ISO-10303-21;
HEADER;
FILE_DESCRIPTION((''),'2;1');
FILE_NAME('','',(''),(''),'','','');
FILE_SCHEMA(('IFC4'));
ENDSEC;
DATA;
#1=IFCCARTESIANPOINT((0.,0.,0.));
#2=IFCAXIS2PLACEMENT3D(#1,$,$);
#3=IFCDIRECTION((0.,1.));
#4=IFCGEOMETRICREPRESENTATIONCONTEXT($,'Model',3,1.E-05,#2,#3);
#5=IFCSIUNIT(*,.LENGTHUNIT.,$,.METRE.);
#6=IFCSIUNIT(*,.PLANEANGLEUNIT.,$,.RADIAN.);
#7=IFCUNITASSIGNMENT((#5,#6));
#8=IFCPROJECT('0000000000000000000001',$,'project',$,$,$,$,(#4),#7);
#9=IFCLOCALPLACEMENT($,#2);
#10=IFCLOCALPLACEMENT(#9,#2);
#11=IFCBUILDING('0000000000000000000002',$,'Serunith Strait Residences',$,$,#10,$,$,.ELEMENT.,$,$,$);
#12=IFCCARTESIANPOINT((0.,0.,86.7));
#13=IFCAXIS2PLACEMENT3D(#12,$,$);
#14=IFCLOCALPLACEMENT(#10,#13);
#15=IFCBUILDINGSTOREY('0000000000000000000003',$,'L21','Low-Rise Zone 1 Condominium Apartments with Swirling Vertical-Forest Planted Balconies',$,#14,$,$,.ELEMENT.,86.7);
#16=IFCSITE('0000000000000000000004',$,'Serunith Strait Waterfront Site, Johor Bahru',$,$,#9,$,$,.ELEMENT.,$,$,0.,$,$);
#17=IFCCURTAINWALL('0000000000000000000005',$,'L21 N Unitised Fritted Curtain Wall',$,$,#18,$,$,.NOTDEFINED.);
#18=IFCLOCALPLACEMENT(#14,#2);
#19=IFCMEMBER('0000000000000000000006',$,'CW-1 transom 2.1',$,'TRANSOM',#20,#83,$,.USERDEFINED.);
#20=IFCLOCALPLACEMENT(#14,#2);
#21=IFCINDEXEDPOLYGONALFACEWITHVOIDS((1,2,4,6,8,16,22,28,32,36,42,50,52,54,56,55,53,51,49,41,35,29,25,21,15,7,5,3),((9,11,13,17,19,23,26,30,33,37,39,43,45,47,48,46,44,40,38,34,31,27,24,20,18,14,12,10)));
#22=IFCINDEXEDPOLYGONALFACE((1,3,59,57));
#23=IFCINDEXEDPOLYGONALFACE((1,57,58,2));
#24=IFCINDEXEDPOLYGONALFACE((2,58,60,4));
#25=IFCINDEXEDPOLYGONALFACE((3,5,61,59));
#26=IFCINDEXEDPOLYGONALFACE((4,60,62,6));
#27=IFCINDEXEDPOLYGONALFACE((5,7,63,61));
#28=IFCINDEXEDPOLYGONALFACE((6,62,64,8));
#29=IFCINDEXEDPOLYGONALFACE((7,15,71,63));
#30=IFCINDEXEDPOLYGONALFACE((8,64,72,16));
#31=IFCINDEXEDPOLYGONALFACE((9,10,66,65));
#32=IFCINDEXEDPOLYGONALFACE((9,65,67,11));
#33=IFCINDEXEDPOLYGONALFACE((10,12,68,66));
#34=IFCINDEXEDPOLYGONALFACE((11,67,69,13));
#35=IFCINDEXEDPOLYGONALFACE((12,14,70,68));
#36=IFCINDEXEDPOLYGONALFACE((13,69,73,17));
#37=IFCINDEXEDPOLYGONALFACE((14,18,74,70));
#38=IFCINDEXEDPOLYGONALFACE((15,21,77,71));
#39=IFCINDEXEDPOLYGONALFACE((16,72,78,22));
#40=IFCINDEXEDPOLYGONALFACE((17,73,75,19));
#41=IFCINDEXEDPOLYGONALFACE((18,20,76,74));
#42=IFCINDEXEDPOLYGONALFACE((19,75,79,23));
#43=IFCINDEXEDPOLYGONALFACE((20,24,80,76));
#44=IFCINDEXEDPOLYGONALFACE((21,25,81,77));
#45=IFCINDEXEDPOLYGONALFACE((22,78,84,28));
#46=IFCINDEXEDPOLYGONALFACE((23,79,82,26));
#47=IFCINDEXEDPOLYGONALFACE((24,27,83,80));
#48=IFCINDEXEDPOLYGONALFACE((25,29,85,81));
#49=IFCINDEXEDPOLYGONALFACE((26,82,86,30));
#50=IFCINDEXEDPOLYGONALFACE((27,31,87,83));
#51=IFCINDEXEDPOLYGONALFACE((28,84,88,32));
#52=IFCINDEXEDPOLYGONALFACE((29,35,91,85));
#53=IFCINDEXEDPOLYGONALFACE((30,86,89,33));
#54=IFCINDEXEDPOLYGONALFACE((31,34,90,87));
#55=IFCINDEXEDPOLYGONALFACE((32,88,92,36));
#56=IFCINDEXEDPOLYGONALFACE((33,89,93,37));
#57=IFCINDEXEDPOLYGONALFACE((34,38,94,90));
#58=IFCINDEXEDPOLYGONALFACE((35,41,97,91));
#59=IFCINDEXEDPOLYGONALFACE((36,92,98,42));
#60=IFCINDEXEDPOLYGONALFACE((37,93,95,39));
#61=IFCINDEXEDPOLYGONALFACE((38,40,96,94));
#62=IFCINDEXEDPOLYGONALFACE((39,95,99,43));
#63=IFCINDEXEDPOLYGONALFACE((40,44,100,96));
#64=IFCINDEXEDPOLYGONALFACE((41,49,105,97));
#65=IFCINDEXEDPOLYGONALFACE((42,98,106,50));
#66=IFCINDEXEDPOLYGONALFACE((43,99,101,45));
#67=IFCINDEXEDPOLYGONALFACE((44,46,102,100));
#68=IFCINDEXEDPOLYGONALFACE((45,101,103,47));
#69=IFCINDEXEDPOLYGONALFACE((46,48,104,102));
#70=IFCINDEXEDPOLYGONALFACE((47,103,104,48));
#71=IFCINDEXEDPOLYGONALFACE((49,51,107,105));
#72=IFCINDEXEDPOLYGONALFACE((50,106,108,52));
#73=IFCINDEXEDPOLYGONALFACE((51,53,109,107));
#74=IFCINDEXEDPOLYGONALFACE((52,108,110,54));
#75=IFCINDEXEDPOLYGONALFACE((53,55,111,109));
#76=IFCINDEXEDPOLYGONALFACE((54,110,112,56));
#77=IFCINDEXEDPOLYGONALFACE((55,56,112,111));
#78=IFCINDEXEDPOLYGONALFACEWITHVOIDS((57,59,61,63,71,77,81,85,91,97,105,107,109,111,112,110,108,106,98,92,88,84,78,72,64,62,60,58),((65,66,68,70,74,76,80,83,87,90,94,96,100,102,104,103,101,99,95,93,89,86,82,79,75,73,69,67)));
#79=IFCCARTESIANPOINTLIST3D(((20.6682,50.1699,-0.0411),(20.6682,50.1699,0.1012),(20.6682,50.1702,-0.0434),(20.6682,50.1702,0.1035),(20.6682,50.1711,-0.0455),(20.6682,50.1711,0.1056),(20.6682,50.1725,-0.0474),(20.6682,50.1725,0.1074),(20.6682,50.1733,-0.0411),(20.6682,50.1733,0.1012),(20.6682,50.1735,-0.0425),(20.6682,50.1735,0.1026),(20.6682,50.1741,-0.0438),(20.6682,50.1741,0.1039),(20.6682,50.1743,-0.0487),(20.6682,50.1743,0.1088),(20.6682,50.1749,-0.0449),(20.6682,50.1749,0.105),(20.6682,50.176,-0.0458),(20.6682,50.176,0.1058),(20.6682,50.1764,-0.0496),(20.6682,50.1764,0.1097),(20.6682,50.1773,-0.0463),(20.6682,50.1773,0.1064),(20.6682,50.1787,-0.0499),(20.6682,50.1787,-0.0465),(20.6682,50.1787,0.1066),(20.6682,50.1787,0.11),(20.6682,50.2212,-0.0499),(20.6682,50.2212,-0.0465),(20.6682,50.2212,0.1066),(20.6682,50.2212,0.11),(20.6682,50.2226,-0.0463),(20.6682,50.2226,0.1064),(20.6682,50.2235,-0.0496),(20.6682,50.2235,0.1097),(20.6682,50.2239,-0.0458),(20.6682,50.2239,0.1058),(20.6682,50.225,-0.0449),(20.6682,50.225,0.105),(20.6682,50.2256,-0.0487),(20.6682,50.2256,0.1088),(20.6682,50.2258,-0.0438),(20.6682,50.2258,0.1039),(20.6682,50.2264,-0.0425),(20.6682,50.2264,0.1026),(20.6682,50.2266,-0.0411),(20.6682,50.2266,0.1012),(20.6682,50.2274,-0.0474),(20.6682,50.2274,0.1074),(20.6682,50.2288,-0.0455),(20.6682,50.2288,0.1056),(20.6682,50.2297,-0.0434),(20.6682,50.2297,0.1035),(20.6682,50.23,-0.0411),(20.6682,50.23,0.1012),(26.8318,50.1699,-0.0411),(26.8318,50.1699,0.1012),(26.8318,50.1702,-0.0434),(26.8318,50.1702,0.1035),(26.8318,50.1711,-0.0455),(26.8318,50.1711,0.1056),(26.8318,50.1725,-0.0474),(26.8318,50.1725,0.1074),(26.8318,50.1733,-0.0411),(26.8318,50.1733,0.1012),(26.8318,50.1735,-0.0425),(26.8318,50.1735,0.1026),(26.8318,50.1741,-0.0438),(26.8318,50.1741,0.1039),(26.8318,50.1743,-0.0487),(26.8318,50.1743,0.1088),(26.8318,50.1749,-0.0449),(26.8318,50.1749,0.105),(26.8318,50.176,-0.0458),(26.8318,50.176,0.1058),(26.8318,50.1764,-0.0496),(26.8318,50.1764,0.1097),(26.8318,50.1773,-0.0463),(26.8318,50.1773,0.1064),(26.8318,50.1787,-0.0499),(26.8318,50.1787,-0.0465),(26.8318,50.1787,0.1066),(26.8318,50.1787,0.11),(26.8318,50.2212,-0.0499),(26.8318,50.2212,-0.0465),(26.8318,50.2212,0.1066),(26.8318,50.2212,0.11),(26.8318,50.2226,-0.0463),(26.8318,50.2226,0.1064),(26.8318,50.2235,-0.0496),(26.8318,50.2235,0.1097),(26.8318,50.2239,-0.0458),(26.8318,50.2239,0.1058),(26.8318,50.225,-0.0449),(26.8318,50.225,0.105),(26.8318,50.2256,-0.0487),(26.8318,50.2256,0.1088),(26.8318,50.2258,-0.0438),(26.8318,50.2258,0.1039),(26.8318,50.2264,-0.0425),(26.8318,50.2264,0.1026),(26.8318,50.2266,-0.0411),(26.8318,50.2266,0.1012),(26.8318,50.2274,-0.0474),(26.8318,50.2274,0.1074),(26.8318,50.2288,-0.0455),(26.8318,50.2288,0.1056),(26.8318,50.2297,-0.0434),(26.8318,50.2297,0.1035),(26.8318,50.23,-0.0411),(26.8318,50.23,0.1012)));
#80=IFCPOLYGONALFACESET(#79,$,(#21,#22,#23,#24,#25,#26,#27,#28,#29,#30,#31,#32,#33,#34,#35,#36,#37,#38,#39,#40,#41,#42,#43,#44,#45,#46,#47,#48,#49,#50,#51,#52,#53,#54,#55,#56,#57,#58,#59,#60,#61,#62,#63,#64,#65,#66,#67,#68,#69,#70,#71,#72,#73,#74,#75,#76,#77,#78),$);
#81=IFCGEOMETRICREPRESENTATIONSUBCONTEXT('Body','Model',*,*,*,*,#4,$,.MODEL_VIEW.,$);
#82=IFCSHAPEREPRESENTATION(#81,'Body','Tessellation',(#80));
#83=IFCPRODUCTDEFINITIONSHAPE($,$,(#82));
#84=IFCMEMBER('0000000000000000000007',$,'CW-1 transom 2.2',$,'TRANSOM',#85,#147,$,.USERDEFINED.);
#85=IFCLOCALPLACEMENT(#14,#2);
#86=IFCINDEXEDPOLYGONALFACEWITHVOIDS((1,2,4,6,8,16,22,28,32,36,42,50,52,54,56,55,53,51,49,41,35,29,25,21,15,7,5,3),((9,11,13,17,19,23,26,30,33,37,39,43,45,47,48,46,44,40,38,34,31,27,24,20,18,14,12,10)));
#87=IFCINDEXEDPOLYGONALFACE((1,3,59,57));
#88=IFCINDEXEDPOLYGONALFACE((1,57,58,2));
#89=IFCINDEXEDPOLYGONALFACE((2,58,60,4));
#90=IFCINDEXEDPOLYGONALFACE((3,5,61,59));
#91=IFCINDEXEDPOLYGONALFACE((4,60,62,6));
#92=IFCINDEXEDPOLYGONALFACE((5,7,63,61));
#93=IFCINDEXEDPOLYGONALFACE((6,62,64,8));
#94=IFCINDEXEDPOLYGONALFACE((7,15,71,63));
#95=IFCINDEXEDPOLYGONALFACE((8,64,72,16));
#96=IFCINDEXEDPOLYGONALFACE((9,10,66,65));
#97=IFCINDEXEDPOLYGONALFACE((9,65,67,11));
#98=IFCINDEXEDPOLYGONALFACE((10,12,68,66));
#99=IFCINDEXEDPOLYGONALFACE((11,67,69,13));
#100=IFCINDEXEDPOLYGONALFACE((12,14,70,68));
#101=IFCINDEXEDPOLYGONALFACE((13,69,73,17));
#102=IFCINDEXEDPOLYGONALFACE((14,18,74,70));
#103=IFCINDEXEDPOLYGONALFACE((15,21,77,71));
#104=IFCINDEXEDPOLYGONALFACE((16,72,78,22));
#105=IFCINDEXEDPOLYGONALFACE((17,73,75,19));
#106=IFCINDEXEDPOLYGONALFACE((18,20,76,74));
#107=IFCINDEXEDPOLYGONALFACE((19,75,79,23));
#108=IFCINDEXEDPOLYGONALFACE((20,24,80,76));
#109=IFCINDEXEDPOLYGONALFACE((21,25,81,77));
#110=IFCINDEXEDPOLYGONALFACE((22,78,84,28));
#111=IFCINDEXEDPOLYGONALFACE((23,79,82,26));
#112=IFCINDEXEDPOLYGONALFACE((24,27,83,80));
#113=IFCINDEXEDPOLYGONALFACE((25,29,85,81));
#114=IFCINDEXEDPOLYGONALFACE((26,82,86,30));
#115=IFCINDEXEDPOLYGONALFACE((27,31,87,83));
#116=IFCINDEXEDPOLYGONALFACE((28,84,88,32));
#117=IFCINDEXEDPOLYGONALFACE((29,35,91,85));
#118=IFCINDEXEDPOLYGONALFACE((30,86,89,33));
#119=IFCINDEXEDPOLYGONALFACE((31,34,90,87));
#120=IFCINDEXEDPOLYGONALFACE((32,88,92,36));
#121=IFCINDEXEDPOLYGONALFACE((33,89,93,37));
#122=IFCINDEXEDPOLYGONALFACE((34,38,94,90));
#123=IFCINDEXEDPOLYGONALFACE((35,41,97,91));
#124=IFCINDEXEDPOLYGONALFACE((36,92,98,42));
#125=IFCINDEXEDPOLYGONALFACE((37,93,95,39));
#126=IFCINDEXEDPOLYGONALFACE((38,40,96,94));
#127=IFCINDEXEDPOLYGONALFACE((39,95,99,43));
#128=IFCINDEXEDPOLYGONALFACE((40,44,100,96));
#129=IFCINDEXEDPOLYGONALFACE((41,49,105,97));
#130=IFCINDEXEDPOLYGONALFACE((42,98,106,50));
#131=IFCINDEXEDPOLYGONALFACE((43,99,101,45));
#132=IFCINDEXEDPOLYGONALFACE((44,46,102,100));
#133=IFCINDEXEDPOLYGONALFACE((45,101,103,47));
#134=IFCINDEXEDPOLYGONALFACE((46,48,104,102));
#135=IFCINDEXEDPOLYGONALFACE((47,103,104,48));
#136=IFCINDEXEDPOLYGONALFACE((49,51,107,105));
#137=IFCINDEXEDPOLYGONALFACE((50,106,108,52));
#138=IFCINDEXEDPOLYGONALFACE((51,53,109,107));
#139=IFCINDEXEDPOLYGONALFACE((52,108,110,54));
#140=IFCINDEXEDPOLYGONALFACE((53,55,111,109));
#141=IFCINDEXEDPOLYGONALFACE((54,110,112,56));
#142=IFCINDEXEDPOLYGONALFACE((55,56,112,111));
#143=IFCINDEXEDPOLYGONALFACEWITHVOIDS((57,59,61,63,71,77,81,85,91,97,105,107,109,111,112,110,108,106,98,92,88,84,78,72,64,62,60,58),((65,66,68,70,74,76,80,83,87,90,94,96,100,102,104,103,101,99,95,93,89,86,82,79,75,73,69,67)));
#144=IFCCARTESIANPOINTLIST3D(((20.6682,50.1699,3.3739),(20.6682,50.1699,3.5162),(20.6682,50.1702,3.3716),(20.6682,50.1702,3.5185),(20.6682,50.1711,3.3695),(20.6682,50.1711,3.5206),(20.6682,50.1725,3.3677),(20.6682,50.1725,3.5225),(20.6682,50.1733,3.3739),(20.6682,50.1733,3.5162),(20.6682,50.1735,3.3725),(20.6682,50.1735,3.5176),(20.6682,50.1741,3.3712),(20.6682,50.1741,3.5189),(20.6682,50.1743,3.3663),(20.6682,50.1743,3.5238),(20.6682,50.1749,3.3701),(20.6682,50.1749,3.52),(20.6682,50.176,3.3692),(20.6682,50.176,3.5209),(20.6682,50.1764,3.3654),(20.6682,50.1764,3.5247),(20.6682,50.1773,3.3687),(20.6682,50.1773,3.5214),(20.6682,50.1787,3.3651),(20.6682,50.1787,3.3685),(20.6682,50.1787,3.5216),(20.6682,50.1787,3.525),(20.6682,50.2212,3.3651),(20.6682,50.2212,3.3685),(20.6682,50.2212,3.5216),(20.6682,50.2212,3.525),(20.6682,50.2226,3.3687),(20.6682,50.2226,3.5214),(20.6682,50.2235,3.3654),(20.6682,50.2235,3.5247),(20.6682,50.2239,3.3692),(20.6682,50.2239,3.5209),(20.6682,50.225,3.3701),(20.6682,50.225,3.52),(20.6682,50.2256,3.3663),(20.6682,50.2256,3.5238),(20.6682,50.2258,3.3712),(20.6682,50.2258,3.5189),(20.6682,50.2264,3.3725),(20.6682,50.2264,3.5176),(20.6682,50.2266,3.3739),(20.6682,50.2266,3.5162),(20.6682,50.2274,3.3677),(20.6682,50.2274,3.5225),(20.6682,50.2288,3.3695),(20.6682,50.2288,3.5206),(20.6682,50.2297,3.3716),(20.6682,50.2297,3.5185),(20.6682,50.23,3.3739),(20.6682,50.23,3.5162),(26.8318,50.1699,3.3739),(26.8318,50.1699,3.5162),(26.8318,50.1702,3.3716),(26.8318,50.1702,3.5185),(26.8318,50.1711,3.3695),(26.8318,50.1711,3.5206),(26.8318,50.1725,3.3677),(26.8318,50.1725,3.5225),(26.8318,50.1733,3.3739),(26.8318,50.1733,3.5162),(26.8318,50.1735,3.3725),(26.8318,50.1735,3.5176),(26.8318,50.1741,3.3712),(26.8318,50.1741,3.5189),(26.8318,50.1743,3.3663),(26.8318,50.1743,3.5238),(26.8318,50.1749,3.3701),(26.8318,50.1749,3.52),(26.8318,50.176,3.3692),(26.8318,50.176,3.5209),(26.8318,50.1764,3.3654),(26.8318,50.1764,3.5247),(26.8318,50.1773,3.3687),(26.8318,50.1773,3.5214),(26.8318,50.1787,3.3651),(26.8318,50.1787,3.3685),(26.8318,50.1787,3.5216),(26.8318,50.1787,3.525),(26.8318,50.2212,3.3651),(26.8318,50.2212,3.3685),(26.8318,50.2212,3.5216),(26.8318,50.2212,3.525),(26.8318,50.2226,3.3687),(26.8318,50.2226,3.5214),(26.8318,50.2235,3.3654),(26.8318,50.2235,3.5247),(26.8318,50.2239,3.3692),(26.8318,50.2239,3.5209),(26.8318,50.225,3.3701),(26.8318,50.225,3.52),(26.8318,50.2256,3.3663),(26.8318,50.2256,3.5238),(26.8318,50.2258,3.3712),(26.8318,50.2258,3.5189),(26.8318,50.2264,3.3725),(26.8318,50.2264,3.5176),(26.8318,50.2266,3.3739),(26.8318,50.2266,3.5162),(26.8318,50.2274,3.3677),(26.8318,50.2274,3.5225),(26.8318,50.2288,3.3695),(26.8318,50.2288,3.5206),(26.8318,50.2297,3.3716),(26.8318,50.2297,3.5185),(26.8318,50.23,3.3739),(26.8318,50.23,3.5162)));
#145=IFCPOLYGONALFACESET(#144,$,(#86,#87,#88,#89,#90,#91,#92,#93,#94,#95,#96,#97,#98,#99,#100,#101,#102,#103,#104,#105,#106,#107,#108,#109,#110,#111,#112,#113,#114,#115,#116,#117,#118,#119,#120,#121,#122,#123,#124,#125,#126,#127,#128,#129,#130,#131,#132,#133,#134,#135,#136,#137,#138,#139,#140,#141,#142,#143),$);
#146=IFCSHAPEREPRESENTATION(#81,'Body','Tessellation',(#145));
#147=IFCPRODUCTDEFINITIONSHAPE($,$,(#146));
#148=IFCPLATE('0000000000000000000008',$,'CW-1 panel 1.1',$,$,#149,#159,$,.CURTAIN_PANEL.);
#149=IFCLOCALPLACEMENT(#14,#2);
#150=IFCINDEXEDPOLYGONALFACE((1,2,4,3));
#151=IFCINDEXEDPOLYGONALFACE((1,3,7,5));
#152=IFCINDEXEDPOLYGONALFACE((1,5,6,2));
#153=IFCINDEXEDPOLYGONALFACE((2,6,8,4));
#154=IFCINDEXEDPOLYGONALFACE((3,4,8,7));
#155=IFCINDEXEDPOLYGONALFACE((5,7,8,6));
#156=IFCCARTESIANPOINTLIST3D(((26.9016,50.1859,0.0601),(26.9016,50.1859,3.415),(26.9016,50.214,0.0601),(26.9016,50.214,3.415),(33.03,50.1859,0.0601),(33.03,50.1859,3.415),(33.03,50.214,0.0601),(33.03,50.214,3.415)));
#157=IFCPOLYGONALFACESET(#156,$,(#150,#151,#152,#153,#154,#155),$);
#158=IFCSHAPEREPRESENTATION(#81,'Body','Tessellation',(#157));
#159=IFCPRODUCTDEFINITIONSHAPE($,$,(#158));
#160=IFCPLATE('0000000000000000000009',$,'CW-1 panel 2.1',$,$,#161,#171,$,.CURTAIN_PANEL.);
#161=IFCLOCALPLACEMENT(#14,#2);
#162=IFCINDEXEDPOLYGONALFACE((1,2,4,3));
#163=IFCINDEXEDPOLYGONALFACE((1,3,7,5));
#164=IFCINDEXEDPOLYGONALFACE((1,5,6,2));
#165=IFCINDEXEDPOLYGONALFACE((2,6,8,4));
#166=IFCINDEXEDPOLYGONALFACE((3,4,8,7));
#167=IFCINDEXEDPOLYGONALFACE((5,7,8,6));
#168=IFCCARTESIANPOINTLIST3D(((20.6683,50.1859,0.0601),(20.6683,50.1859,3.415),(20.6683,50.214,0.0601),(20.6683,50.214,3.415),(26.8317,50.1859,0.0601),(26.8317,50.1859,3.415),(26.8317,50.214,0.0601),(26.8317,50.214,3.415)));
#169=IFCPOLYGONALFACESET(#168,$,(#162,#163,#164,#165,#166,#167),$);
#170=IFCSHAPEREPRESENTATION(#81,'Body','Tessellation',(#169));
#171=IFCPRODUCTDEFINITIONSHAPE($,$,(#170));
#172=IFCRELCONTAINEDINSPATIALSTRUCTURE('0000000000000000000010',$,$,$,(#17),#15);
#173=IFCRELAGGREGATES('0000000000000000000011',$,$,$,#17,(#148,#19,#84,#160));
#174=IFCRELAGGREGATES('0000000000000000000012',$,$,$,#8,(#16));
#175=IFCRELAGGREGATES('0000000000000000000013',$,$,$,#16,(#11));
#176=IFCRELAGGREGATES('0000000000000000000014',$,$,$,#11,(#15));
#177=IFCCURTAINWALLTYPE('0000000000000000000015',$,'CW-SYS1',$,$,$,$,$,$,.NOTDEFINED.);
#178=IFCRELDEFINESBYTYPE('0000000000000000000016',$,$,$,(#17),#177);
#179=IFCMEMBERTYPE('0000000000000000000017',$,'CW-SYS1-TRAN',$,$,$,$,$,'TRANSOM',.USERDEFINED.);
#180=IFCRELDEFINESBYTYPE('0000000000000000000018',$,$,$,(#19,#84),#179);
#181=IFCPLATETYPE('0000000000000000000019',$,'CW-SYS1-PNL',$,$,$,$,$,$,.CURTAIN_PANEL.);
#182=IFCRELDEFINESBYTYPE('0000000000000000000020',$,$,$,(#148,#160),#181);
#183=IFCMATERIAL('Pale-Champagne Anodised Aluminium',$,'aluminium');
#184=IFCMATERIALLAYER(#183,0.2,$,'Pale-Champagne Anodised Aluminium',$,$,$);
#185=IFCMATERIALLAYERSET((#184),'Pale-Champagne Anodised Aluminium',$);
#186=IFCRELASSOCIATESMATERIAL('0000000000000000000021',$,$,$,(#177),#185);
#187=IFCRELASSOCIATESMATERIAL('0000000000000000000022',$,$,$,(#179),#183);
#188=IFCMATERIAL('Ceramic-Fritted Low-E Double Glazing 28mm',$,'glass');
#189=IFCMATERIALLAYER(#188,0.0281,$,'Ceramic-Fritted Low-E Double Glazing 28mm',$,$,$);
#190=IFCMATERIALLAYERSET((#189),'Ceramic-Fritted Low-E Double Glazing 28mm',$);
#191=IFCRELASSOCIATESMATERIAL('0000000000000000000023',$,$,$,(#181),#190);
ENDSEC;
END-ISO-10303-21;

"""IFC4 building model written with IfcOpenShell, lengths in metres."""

from ifc_helpers import new_model, si_unit, direction, frame, origin, origin_2d, place, context, subcontext, project, spatial, rectangle, hollow_rectangle, extrude, source, transform, mapped, material, layer, layer_set, material_profile, profile_set, type_object, element, aggregate, save


model = new_model("IFC4")

# Units and contexts
model_context = context("Model", 3, precision=1e-05, world=origin(), true_north=direction((0.0, 1.0)))
body_context = subcontext(model_context, "Body", "Model", "MODEL_VIEW")
ifc_project = project(units=[si_unit("LENGTHUNIT", "METRE"), si_unit("PLANEANGLEUNIT", "RADIAN")], contexts=[model_context])

# Site, building, storey
site_placement = place(None, origin())
site = spatial("IfcSite", under=ifc_project, at=site_placement, Name="Serunith Strait Waterfront Site, Johor Bahru", CompositionType="ELEMENT", RefElevation=0.0)
building_placement = place(site_placement, origin())
building = spatial("IfcBuilding", under=site, at=building_placement, Name="Serunith Strait Residences", CompositionType="ELEMENT")
storey_placement = place(building_placement, frame((0.0, 0.0, 86.7)))
storey = spatial("IfcBuildingStorey", under=building, at=storey_placement, Name="L21", Description="Low-Rise Zone 1 Condominium Apartments with Swirling Vertical-Forest Planted Balconies", CompositionType="ELEMENT", Elevation=86.7)

# Curtain wall, members, plates
ifc_material_1 = material(Name="Pale-Champagne Anodised Aluminium", Category="aluminium")
ifc_layer_1 = layer(ifc_material_1, 0.2, Name="Pale-Champagne Anodised Aluminium")
ifc_layer_set_1 = layer_set([ifc_layer_1], Name="Pale-Champagne Anodised Aluminium")
curtain_wall_type = type_object("IfcCurtainWallType", Name="CW-SYS1", PredefinedType="NOTDEFINED", material=ifc_layer_set_1)
curtain_wall_placement = place(storey_placement, origin())
curtain_wall = element("IfcCurtainWall", 1, at=curtain_wall_placement, inside=storey, type_object=curtain_wall_type, Name="L21 N Unitised Fritted Curtain Wall", PredefinedType="NOTDEFINED")
ifc_material_profile_1 = material_profile(ifc_material_1, hollow_rectangle(XDim=0.0601, YDim=0.1599, WallThickness=0.0034, InnerFilletRadius=0.0054, OuterFilletRadius=0.0088, at=origin_2d()), Name="ALU 160x60x3.5")
ifc_profile_set_1 = profile_set([ifc_material_profile_1], Name="Pale-Champagne Anodised Aluminium")
member_type_1 = type_object("IfcMemberType", Name="CW-SYS1-TRAN", ElementType="TRANSOM", PredefinedType="USERDEFINED", material=ifc_profile_set_1)
shared_shape_1 = source(origin(), body_context, "Body", "SweptSolid", [
    extrude(hollow_rectangle(XDim=0.0601, YDim=0.1599, WallThickness=0.0034, InnerFilletRadius=0.0054, OuterFilletRadius=0.0088, at=origin_2d()), origin(), (0.0, 0.0, 1.0), 6.1636),
])
member_1_placement = place(storey_placement, frame((26.8318, 50.2, 0.03), z_axis=(-1.0, 0.0, 0.0), x_axis=(0.0, -1.0, 0.0)))
member_1 = element("IfcMember", 2, at=member_1_placement, type_object=member_type_1, Name="CW-1 transom 2.1", ObjectType="TRANSOM", PredefinedType="USERDEFINED", context=body_context, shape_type="MappedRepresentation", body=[
    mapped(shared_shape_1, transform((0.0, 0.0, 0.0), scale=1.0)),
])
member_2_placement = place(storey_placement, frame((26.8318, 50.2, 3.4451), z_axis=(-1.0, 0.0, 0.0), x_axis=(0.0, -1.0, 0.0)))
member_2 = element("IfcMember", 3, at=member_2_placement, type_object=member_type_1, Name="CW-1 transom 2.2", ObjectType="TRANSOM", PredefinedType="USERDEFINED", context=body_context, shape_type="MappedRepresentation", body=[
    mapped(shared_shape_1, transform((0.0, 0.0, 0.0), scale=1.0)),
])
ifc_material_2 = material(Name="Ceramic-Fritted Low-E Double Glazing 28mm", Category="glass")
ifc_layer_2 = layer(ifc_material_2, 0.0281, Name="Ceramic-Fritted Low-E Double Glazing 28mm")
ifc_layer_set_2 = layer_set([ifc_layer_2], Name="Ceramic-Fritted Low-E Double Glazing 28mm")
plate_type = type_object("IfcPlateType", Name="CW-SYS1-PNL", PredefinedType="CURTAIN_PANEL", material=ifc_layer_set_2)
shared_shape_2 = source(origin(), body_context, "Body", "SweptSolid", [
    extrude(rectangle(XDim=6.1284, YDim=0.0281, at=origin_2d()), origin(), (0.0, 0.0, 1.0), 3.355),
])
plate_1_placement = place(storey_placement, frame((29.9658, 50.2, 0.0601), z_axis=(0.0, 0.0, 1.0), x_axis=(-1.0, 0.0, 0.0)))
plate_1 = element("IfcPlate", 4, at=plate_1_placement, type_object=plate_type, Name="CW-1 panel 1.1", PredefinedType="CURTAIN_PANEL", context=body_context, shape_type="MappedRepresentation", body=[
    mapped(shared_shape_2, transform((0.0, 0.0, 0.0), scale=1.0)),
])
shared_shape_3 = source(origin(), body_context, "Body", "SweptSolid", [
    extrude(rectangle(XDim=6.1633, YDim=0.0281, at=origin_2d()), origin(), (0.0, 0.0, 1.0), 3.355),
])
plate_2_placement = place(storey_placement, frame((23.75, 50.2, 0.0601), z_axis=(0.0, 0.0, 1.0), x_axis=(-1.0, 0.0, 0.0)))
plate_2 = element("IfcPlate", 5, at=plate_2_placement, type_object=plate_type, Name="CW-1 panel 2.1", PredefinedType="CURTAIN_PANEL", context=body_context, shape_type="MappedRepresentation", body=[
    mapped(shared_shape_3, transform((0.0, 0.0, 0.0), scale=1.0)),
])
aggregate(curtain_wall, [plate_1, member_1, member_2, plate_2])

save(model, "model.ifc")
